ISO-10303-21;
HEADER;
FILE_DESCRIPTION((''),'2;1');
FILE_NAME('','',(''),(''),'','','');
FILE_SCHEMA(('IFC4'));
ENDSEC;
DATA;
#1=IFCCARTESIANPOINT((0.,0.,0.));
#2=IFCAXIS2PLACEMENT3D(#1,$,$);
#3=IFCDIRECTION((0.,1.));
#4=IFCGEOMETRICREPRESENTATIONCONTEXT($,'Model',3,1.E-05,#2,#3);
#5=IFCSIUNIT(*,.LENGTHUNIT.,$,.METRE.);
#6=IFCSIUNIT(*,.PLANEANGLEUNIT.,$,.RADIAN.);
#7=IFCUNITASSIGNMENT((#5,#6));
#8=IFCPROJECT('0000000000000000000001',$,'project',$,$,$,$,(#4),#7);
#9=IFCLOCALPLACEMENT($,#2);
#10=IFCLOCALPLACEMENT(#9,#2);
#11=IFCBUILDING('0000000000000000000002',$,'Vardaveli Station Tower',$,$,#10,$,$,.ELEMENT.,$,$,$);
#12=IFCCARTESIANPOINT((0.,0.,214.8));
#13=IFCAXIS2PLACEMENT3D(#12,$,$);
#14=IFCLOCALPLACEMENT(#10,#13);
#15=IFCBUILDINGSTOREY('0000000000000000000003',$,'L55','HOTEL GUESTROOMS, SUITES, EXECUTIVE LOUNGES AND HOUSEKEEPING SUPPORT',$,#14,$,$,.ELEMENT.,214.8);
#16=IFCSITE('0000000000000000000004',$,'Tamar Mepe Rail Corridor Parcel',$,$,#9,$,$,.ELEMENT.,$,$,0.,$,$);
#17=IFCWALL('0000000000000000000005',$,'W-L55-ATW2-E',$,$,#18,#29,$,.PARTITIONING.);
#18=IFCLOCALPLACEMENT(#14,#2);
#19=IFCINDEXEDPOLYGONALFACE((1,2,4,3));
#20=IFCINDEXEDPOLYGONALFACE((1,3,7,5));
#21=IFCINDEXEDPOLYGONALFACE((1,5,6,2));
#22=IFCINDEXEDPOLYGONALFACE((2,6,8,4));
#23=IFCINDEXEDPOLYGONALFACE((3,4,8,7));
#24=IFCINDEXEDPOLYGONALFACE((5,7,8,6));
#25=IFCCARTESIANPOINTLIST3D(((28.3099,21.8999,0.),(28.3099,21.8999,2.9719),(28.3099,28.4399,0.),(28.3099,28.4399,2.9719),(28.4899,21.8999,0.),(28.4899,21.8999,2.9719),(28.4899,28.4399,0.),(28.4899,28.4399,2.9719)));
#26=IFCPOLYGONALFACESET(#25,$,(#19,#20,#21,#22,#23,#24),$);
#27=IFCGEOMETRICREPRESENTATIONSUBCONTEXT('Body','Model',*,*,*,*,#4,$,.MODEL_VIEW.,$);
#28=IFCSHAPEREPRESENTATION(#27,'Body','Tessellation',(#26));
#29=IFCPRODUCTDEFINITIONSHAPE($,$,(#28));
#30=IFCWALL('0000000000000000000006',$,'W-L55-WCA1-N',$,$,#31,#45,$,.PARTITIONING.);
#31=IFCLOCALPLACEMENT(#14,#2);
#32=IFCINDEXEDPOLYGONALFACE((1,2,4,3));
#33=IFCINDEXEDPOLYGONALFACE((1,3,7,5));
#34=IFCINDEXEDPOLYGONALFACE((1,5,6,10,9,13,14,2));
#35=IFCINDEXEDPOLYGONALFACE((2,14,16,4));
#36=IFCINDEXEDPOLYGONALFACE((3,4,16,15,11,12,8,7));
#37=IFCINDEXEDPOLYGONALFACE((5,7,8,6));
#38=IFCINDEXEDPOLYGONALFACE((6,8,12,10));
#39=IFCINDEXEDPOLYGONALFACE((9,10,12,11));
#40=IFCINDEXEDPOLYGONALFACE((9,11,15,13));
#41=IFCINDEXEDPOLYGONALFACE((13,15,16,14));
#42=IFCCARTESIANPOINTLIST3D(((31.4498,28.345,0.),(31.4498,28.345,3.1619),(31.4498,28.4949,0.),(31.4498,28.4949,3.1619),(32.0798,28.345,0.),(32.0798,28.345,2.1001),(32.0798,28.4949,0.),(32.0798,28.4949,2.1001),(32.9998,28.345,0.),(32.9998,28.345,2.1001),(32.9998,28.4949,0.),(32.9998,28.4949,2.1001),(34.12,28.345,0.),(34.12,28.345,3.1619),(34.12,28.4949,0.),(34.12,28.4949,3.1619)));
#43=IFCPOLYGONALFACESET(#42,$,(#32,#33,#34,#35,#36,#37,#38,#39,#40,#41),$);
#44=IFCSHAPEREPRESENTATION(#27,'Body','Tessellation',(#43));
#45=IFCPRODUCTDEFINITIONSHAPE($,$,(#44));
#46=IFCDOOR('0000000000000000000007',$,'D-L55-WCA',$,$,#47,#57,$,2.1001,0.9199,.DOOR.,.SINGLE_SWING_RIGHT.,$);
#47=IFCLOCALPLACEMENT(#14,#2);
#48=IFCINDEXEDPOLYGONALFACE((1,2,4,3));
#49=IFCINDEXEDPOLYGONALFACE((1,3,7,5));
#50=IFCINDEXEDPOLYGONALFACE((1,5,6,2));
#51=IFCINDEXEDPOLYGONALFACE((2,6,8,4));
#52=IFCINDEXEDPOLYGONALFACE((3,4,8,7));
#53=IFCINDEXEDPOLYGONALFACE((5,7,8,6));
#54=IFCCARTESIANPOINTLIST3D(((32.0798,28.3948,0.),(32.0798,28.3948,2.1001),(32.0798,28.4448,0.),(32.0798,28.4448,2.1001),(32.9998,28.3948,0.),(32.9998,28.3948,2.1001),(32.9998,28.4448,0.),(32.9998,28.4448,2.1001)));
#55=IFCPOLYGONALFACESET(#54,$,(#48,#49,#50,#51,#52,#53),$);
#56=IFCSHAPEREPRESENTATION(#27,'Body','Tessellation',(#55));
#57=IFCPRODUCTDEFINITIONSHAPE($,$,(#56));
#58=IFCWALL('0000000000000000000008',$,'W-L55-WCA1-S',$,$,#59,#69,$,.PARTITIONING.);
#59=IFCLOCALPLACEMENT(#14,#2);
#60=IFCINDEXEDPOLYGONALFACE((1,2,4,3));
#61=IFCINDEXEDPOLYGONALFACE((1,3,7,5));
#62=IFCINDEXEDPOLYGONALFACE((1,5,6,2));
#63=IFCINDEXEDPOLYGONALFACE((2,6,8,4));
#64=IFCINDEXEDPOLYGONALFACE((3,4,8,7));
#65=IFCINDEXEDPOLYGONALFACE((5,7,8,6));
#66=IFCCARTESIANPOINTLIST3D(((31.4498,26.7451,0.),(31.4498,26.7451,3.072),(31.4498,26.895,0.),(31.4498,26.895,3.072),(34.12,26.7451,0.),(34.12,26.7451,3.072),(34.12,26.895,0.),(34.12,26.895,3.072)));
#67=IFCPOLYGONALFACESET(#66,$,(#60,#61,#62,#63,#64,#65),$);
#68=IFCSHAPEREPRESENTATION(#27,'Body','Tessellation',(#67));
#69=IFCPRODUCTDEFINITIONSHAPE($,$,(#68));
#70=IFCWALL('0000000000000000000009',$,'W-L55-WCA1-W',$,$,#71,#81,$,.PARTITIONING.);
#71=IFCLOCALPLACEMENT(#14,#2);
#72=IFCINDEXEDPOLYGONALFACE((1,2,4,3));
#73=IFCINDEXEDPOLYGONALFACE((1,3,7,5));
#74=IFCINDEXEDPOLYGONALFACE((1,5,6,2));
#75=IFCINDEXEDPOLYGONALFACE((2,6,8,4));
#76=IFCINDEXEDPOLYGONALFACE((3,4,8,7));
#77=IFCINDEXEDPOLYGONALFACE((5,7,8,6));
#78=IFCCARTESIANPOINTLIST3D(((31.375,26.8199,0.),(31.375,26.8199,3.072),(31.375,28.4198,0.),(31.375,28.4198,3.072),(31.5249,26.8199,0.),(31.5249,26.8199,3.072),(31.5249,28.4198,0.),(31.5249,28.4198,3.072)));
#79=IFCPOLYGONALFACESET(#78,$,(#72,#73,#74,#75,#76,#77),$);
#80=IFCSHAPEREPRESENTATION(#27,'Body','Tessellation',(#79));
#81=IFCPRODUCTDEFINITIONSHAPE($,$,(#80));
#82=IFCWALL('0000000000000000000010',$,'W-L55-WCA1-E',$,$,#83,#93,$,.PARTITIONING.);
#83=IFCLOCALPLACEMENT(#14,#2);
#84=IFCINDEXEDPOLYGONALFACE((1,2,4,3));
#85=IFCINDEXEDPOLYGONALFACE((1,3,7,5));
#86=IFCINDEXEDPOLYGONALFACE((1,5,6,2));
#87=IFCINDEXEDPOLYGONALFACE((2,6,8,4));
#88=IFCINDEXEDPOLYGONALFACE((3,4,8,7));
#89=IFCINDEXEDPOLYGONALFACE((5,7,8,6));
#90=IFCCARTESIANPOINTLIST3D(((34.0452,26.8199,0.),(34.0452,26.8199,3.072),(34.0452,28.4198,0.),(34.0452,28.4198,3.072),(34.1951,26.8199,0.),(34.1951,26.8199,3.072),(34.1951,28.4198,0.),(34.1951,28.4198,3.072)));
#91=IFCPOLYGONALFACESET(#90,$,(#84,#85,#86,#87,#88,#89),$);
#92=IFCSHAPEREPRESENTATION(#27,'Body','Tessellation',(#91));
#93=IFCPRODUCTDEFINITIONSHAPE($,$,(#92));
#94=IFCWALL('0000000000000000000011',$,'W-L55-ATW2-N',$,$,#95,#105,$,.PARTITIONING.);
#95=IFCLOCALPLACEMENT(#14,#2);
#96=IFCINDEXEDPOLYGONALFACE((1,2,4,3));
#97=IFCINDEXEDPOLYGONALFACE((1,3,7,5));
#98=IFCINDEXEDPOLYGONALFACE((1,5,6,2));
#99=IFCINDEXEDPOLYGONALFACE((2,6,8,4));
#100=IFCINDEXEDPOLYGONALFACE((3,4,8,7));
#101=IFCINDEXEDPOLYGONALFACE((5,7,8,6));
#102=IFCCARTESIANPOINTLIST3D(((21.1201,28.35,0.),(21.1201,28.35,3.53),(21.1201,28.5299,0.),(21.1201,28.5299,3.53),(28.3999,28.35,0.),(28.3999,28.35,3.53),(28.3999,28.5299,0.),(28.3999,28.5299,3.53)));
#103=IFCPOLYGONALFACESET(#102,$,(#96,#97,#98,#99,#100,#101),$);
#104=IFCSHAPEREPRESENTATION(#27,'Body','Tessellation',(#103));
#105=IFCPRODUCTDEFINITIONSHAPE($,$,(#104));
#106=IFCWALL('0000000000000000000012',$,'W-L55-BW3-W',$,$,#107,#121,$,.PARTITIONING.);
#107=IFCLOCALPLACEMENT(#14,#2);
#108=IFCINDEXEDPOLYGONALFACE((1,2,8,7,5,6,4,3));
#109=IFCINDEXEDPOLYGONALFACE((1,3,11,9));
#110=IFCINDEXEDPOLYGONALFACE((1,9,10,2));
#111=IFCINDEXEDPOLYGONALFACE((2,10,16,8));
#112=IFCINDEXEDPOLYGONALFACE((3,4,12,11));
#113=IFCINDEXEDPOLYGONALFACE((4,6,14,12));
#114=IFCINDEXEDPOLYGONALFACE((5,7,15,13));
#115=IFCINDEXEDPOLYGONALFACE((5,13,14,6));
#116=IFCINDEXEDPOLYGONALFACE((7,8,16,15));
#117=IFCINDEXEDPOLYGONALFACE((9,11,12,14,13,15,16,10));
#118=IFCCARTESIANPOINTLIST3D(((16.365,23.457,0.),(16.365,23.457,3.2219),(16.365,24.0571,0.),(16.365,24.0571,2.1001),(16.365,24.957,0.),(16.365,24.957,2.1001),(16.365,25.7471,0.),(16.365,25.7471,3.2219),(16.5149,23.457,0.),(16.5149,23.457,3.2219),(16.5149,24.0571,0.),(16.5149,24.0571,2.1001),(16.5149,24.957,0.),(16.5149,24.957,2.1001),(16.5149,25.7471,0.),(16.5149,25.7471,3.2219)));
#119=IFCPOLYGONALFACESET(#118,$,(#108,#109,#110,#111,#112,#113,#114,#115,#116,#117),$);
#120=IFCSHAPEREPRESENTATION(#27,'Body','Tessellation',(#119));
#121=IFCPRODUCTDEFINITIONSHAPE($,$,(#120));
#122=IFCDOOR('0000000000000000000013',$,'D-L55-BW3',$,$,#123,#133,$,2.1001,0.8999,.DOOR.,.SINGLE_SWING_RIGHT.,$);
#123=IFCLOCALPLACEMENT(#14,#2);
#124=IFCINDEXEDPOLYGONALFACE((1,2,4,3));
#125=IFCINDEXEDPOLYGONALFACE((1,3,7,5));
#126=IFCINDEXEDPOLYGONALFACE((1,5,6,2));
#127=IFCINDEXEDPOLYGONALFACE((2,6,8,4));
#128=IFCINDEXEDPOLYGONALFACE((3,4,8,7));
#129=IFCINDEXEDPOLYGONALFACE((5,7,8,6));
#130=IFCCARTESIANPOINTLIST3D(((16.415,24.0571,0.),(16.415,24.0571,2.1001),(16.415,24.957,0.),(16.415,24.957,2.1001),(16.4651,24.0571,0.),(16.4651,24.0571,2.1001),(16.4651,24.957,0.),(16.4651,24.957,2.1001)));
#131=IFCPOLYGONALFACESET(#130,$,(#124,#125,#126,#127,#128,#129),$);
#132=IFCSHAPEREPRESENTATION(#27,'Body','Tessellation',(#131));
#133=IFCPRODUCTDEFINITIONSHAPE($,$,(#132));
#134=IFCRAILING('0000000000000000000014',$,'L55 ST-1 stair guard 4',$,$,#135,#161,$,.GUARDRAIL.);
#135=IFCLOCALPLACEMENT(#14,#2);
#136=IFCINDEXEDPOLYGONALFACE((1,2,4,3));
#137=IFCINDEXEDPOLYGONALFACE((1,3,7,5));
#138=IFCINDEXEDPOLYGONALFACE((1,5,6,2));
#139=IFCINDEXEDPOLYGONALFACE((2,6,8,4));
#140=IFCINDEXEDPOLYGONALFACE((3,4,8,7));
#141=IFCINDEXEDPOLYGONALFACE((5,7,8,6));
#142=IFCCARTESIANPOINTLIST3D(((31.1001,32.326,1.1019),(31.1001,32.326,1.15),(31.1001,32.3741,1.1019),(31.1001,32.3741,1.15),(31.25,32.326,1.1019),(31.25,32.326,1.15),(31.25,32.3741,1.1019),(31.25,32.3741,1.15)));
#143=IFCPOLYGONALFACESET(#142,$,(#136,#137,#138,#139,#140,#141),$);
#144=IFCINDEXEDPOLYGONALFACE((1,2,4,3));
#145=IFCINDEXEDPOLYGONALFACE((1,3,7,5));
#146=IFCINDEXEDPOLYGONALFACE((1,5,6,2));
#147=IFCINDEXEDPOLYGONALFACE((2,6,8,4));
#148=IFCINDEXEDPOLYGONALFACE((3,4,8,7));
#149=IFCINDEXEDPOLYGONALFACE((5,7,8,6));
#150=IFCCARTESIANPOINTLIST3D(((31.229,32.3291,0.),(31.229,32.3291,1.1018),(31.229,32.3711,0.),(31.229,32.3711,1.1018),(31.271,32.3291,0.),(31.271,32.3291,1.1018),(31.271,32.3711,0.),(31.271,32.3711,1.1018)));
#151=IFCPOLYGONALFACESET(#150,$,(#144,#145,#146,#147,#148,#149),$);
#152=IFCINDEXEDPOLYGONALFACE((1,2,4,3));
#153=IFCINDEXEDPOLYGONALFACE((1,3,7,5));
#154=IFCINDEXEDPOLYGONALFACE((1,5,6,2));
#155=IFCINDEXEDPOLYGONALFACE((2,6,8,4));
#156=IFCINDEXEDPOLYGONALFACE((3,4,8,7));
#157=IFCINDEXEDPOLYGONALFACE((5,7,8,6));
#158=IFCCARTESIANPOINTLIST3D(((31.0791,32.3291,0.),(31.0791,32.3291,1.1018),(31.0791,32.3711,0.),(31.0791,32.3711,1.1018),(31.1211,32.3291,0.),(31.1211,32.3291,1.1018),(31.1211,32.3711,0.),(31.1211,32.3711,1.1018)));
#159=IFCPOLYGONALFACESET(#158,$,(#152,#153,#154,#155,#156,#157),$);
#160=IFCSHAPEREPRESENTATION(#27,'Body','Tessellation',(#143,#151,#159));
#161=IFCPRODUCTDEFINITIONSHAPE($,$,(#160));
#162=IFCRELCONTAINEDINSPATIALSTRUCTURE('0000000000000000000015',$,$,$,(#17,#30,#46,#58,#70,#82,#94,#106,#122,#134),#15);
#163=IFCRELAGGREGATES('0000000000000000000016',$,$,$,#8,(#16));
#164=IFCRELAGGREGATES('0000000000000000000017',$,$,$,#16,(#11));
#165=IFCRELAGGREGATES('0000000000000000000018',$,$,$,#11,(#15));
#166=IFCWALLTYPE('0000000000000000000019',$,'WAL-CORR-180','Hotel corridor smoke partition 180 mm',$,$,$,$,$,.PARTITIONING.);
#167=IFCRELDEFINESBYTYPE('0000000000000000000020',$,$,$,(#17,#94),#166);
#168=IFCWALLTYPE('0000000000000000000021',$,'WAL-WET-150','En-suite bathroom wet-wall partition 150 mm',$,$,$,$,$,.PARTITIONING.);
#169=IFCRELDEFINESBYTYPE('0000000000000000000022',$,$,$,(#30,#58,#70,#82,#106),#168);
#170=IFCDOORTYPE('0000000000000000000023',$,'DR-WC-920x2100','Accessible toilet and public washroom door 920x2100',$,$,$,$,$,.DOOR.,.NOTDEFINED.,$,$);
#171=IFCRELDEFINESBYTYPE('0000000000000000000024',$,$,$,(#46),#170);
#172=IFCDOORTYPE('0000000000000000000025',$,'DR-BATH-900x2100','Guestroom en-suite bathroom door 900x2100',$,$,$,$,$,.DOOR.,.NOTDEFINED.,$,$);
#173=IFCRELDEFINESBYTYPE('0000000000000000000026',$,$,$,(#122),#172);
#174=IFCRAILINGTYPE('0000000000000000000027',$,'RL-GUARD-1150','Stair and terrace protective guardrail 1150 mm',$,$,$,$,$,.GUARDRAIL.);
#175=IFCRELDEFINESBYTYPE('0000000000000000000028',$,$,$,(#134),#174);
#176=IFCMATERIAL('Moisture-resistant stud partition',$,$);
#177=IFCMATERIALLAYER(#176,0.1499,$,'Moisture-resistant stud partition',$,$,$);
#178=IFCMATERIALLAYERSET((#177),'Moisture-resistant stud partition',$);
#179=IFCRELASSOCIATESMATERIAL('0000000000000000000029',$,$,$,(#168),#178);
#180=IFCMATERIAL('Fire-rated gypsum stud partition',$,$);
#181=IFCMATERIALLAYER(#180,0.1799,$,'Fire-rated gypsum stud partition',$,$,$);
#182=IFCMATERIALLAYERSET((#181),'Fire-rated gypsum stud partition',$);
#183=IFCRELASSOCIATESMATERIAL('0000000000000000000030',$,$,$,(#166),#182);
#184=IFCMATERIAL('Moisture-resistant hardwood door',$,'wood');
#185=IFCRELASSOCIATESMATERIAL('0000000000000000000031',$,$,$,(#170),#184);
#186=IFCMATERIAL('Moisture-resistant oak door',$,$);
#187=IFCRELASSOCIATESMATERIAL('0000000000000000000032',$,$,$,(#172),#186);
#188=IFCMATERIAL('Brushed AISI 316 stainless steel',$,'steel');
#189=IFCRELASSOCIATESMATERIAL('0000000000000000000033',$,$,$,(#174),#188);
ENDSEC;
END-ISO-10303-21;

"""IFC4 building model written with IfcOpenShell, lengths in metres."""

from ifc_helpers import new_model, si_unit, direction, frame, frame_2d, origin, origin_2d, place, context, subcontext, project, spatial, rectangle, extrude, source, transform, mapped, material, layer, layer_set, type_object, element, fill, save


model = new_model("IFC4")

# Units and contexts
model_context = context("Model", 3, precision=1e-05, world=origin(), true_north=direction((0.0, 1.0)))
body_context = subcontext(model_context, "Body", "Model", "MODEL_VIEW")
ifc_project = project(units=[si_unit("LENGTHUNIT", "METRE"), si_unit("PLANEANGLEUNIT", "RADIAN")], contexts=[model_context])

# Site, building, storey
site_placement = place(None, origin())
site = spatial("IfcSite", under=ifc_project, at=site_placement, Name="Tamar Mepe Rail Corridor Parcel", CompositionType="ELEMENT", RefElevation=0.0)
building_placement = place(site_placement, origin())
building = spatial("IfcBuilding", under=site, at=building_placement, Name="Vardaveli Station Tower", CompositionType="ELEMENT")
storey_placement = place(building_placement, frame((0.0, 0.0, 214.8)))
storey = spatial("IfcBuildingStorey", under=building, at=storey_placement, Name="L55", Description="HOTEL GUESTROOMS, SUITES, EXECUTIVE LOUNGES AND HOUSEKEEPING SUPPORT", CompositionType="ELEMENT", Elevation=214.8)

# Wall
ifc_material_1 = material(Name="Moisture-resistant stud partition")
ifc_layer_1 = layer(ifc_material_1, 0.1499, Name="Moisture-resistant stud partition")
ifc_layer_set_1 = layer_set([ifc_layer_1], Name="Moisture-resistant stud partition")
wall_type_1 = type_object("IfcWallType", Name="WAL-WET-150", Description="En-suite bathroom wet-wall partition 150 mm", PredefinedType="PARTITIONING", material=ifc_layer_set_1)
ifc_material_2 = material(Name="Fire-rated gypsum stud partition")
ifc_layer_2 = layer(ifc_material_2, 0.1799, Name="Fire-rated gypsum stud partition")
ifc_layer_set_2 = layer_set([ifc_layer_2], Name="Fire-rated gypsum stud partition")
wall_type_2 = type_object("IfcWallType", Name="WAL-CORR-180", Description="Hotel corridor smoke partition 180 mm", PredefinedType="PARTITIONING", material=ifc_layer_set_2)
shared_shape_1 = source(origin(), body_context, "Body", "SweptSolid", [
    extrude(rectangle(XDim=6.54, YDim=0.1799, at=frame_2d((3.27, 0.0))), origin(), (0.0, 0.0, 1.0), 2.9719),
])
wall_1_placement = place(storey_placement, frame((28.3999, 21.8999, 0.0), z_axis=(0.0, 0.0, 1.0), x_axis=(0.0, 1.0, 0.0)))
element("IfcWall", 1, at=wall_1_placement, inside=storey, type_object=wall_type_2, Name="W-L55-ATW2-E", PredefinedType="PARTITIONING", context=body_context, shape_type="MappedRepresentation", body=[
    mapped(shared_shape_1, transform((0.0, 0.0, 0.0), scale=1.0)),
])

# Wall, opening, door
shared_shape_2 = source(origin(), body_context, "Body", "SweptSolid", [
    extrude(rectangle(XDim=2.6702, YDim=0.1499, at=frame_2d((1.335, 0.0))), origin(), (0.0, 0.0, 1.0), 3.1619),
])
wall_2_placement = place(storey_placement, frame((31.45, 28.4199, 0.0), z_axis=(0.0, 0.0, 1.0), x_axis=(1.0, 0.0, 0.0)))
wall_2 = element("IfcWall", 2, at=wall_2_placement, inside=storey, type_object=wall_type_1, Name="W-L55-WCA1-N", PredefinedType="PARTITIONING", context=body_context, shape_type="MappedRepresentation", body=[
    mapped(shared_shape_2, transform((0.0, 0.0, 0.0), scale=1.0)),
])
shared_shape_3 = source(origin(), body_context, "Body", "SweptSolid", [
    extrude(rectangle(XDim=0.9199, YDim=2.1001, at=frame_2d((0.46, 1.05))), frame((0.0, 0.085, 0.0), z_axis=(0.0, -1.0, 0.0), x_axis=(1.0, 0.0, 0.0)), (0.0, 0.0, 1.0), 0.1699),
])
opening_1_placement = place(wall_2_placement, frame((0.6299, 0.0, 0.0)))
opening_1 = element("IfcOpeningElement", 3, at=opening_1_placement, cuts=wall_2, PredefinedType="OPENING", context=body_context, shape_type="MappedRepresentation", body=[
    mapped(shared_shape_3, transform((0.0, 0.0, 0.0), scale=1.0)),
])
ifc_material_3 = material(Name="Moisture-resistant hardwood door", Category="wood")
door_type_1 = type_object("IfcDoorType", Name="DR-WC-920x2100", Description="Accessible toilet and public washroom door 920x2100", OperationType="NOTDEFINED", PredefinedType="DOOR", material=ifc_material_3)
shared_shape_4 = source(origin(), body_context, "Body", "SweptSolid", [
    extrude(rectangle(XDim=0.9199, YDim=2.1001, at=frame_2d((0.46, 1.05))), frame((0.0, 0.0249, 0.0), z_axis=(0.0, -1.0, 0.0), x_axis=(1.0, 0.0, 0.0)), (0.0, 0.0, 1.0), 0.05),
])
door_1_placement = place(opening_1_placement, origin())
door_1 = element("IfcDoor", 4, at=door_1_placement, inside=storey, type_object=door_type_1, Name="D-L55-WCA", OperationType="SINGLE_SWING_RIGHT", OverallHeight=2.1001, OverallWidth=0.9199, PredefinedType="DOOR", context=body_context, shape_type="MappedRepresentation", body=[
    mapped(shared_shape_4, transform((0.0, 0.0, 0.0), scale=1.0)),
])
fill(opening_1, door_1)

# Walls
shared_shape_5 = source(origin(), body_context, "Body", "SweptSolid", [
    extrude(rectangle(XDim=2.6702, YDim=0.1499, at=frame_2d((1.335, 0.0))), origin(), (0.0, 0.0, 1.0), 3.072),
])
wall_3_placement = place(storey_placement, frame((31.45, 26.8201, 0.0), z_axis=(0.0, 0.0, 1.0), x_axis=(1.0, 0.0, 0.0)))
element("IfcWall", 5, at=wall_3_placement, inside=storey, type_object=wall_type_1, Name="W-L55-WCA1-S", PredefinedType="PARTITIONING", context=body_context, shape_type="MappedRepresentation", body=[
    mapped(shared_shape_5, transform((0.0, 0.0, 0.0), scale=1.0)),
])
shared_shape_6 = source(origin(), body_context, "Body", "SweptSolid", [
    extrude(rectangle(XDim=1.5999, YDim=0.1499, at=frame_2d((0.7998, 0.0))), origin(), (0.0, 0.0, 1.0), 3.072),
])
for number, where, z_axis, x_axis, name in (
    (6, (31.45, 26.8201, 0.0), (0.0, 0.0, 1.0), (0.0, 1.0, 0.0), "W-L55-WCA1-W"),
    (7, (34.1201, 26.8201, 0.0), (0.0, 0.0, 1.0), (0.0, 1.0, 0.0), "W-L55-WCA1-E"),
):
    element("IfcWall", number, at=place(storey_placement, frame(where, z_axis=z_axis, x_axis=x_axis)), inside=storey, type_object=wall_type_1, Name=name, PredefinedType="PARTITIONING", context=body_context, shape_type="MappedRepresentation", body=[
        mapped(shared_shape_6, transform((0.0, 0.0, 0.0), scale=1.0)),
    ])
shared_shape_7 = source(origin(), body_context, "Body", "SweptSolid", [
    extrude(rectangle(XDim=7.2798, YDim=0.1799, at=frame_2d((3.6399, 0.0))), origin(), (0.0, 0.0, 1.0), 3.53),
])
wall_4_placement = place(storey_placement, frame((21.1201, 28.4399, 0.0), z_axis=(0.0, 0.0, 1.0), x_axis=(1.0, 0.0, 0.0)))
element("IfcWall", 8, at=wall_4_placement, inside=storey, type_object=wall_type_2, Name="W-L55-ATW2-N", PredefinedType="PARTITIONING", context=body_context, shape_type="MappedRepresentation", body=[
    mapped(shared_shape_7, transform((0.0, 0.0, 0.0), scale=1.0)),
])

# Wall, opening, door
shared_shape_8 = source(origin(), body_context, "Body", "SweptSolid", [
    extrude(rectangle(XDim=2.29, YDim=0.1499, at=frame_2d((1.145, 0.0))), origin(), (0.0, 0.0, 1.0), 3.2219),
])
wall_5_placement = place(storey_placement, frame((16.4399, 23.457, 0.0), z_axis=(0.0, 0.0, 1.0), x_axis=(0.0, 1.0, 0.0)))
wall_5 = element("IfcWall", 9, at=wall_5_placement, inside=storey, type_object=wall_type_1, Name="W-L55-BW3-W", PredefinedType="PARTITIONING", context=body_context, shape_type="MappedRepresentation", body=[
    mapped(shared_shape_8, transform((0.0, 0.0, 0.0), scale=1.0)),
])
shared_shape_9 = source(origin(), body_context, "Body", "SweptSolid", [
    extrude(rectangle(XDim=0.8999, YDim=2.1001, at=frame_2d((0.45, 1.05))), frame((0.0, 0.085, 0.0), z_axis=(0.0, -1.0, 0.0), x_axis=(1.0, 0.0, 0.0)), (0.0, 0.0, 1.0), 0.1699),
])
opening_2_placement = place(wall_5_placement, frame((0.6001, 0.0, 0.0)))
opening_2 = element("IfcOpeningElement", 10, at=opening_2_placement, cuts=wall_5, PredefinedType="OPENING", context=body_context, shape_type="MappedRepresentation", body=[
    mapped(shared_shape_9, transform((0.0, 0.0, 0.0), scale=1.0)),
])
ifc_material_4 = material(Name="Moisture-resistant oak door")
door_type_2 = type_object("IfcDoorType", Name="DR-BATH-900x2100", Description="Guestroom en-suite bathroom door 900x2100", OperationType="NOTDEFINED", PredefinedType="DOOR", material=ifc_material_4)
shared_shape_10 = source(origin(), body_context, "Body", "SweptSolid", [
    extrude(rectangle(XDim=0.8999, YDim=2.1001, at=frame_2d((0.45, 1.05))), frame((0.0, 0.0249, 0.0), z_axis=(0.0, -1.0, 0.0), x_axis=(1.0, 0.0, 0.0)), (0.0, 0.0, 1.0), 0.05),
])
door_2_placement = place(opening_2_placement, origin())
door_2 = element("IfcDoor", 11, at=door_2_placement, inside=storey, type_object=door_type_2, Name="D-L55-BW3", OperationType="SINGLE_SWING_RIGHT", OverallHeight=2.1001, OverallWidth=0.8999, PredefinedType="DOOR", context=body_context, shape_type="MappedRepresentation", body=[
    mapped(shared_shape_10, transform((0.0, 0.0, 0.0), scale=1.0)),
])
fill(opening_2, door_2)

# Railing
ifc_material_5 = material(Name="Brushed AISI 316 stainless steel", Category="steel")
railing_type = type_object("IfcRailingType", Name="RL-GUARD-1150", Description="Stair and terrace protective guardrail 1150 mm", PredefinedType="GUARDRAIL", material=ifc_material_5)
shared_shape_11 = source(origin(), body_context, "Body", "SweptSolid", [
    extrude(rectangle(XDim=0.0481, YDim=0.0481, at=origin_2d()), frame((0.0, 0.0, 1.126), z_axis=(-1.0, 0.0, 0.0), x_axis=(0.0, -1.0, 0.0)), (0.0, 0.0, 1.0), 0.1499),
    extrude(rectangle(XDim=0.042, YDim=0.042, at=origin_2d()), origin(), (0.0, 0.0, 1.0), 1.1018),
    extrude(rectangle(XDim=0.042, YDim=0.042, at=origin_2d()), frame((-0.1499, 0.0, 0.0)), (0.0, 0.0, 1.0), 1.1018),
])
railing_1_placement = place(storey_placement, frame((31.25, 32.3501, 0.0)))
element("IfcRailing", 12, at=railing_1_placement, inside=storey, type_object=railing_type, Name="L55 ST-1 stair guard 4", PredefinedType="GUARDRAIL", context=body_context, shape_type="MappedRepresentation", body=[
    mapped(shared_shape_11, transform((0.0, 0.0, 0.0), scale=1.0)),
])

save(model, "model.ifc")
